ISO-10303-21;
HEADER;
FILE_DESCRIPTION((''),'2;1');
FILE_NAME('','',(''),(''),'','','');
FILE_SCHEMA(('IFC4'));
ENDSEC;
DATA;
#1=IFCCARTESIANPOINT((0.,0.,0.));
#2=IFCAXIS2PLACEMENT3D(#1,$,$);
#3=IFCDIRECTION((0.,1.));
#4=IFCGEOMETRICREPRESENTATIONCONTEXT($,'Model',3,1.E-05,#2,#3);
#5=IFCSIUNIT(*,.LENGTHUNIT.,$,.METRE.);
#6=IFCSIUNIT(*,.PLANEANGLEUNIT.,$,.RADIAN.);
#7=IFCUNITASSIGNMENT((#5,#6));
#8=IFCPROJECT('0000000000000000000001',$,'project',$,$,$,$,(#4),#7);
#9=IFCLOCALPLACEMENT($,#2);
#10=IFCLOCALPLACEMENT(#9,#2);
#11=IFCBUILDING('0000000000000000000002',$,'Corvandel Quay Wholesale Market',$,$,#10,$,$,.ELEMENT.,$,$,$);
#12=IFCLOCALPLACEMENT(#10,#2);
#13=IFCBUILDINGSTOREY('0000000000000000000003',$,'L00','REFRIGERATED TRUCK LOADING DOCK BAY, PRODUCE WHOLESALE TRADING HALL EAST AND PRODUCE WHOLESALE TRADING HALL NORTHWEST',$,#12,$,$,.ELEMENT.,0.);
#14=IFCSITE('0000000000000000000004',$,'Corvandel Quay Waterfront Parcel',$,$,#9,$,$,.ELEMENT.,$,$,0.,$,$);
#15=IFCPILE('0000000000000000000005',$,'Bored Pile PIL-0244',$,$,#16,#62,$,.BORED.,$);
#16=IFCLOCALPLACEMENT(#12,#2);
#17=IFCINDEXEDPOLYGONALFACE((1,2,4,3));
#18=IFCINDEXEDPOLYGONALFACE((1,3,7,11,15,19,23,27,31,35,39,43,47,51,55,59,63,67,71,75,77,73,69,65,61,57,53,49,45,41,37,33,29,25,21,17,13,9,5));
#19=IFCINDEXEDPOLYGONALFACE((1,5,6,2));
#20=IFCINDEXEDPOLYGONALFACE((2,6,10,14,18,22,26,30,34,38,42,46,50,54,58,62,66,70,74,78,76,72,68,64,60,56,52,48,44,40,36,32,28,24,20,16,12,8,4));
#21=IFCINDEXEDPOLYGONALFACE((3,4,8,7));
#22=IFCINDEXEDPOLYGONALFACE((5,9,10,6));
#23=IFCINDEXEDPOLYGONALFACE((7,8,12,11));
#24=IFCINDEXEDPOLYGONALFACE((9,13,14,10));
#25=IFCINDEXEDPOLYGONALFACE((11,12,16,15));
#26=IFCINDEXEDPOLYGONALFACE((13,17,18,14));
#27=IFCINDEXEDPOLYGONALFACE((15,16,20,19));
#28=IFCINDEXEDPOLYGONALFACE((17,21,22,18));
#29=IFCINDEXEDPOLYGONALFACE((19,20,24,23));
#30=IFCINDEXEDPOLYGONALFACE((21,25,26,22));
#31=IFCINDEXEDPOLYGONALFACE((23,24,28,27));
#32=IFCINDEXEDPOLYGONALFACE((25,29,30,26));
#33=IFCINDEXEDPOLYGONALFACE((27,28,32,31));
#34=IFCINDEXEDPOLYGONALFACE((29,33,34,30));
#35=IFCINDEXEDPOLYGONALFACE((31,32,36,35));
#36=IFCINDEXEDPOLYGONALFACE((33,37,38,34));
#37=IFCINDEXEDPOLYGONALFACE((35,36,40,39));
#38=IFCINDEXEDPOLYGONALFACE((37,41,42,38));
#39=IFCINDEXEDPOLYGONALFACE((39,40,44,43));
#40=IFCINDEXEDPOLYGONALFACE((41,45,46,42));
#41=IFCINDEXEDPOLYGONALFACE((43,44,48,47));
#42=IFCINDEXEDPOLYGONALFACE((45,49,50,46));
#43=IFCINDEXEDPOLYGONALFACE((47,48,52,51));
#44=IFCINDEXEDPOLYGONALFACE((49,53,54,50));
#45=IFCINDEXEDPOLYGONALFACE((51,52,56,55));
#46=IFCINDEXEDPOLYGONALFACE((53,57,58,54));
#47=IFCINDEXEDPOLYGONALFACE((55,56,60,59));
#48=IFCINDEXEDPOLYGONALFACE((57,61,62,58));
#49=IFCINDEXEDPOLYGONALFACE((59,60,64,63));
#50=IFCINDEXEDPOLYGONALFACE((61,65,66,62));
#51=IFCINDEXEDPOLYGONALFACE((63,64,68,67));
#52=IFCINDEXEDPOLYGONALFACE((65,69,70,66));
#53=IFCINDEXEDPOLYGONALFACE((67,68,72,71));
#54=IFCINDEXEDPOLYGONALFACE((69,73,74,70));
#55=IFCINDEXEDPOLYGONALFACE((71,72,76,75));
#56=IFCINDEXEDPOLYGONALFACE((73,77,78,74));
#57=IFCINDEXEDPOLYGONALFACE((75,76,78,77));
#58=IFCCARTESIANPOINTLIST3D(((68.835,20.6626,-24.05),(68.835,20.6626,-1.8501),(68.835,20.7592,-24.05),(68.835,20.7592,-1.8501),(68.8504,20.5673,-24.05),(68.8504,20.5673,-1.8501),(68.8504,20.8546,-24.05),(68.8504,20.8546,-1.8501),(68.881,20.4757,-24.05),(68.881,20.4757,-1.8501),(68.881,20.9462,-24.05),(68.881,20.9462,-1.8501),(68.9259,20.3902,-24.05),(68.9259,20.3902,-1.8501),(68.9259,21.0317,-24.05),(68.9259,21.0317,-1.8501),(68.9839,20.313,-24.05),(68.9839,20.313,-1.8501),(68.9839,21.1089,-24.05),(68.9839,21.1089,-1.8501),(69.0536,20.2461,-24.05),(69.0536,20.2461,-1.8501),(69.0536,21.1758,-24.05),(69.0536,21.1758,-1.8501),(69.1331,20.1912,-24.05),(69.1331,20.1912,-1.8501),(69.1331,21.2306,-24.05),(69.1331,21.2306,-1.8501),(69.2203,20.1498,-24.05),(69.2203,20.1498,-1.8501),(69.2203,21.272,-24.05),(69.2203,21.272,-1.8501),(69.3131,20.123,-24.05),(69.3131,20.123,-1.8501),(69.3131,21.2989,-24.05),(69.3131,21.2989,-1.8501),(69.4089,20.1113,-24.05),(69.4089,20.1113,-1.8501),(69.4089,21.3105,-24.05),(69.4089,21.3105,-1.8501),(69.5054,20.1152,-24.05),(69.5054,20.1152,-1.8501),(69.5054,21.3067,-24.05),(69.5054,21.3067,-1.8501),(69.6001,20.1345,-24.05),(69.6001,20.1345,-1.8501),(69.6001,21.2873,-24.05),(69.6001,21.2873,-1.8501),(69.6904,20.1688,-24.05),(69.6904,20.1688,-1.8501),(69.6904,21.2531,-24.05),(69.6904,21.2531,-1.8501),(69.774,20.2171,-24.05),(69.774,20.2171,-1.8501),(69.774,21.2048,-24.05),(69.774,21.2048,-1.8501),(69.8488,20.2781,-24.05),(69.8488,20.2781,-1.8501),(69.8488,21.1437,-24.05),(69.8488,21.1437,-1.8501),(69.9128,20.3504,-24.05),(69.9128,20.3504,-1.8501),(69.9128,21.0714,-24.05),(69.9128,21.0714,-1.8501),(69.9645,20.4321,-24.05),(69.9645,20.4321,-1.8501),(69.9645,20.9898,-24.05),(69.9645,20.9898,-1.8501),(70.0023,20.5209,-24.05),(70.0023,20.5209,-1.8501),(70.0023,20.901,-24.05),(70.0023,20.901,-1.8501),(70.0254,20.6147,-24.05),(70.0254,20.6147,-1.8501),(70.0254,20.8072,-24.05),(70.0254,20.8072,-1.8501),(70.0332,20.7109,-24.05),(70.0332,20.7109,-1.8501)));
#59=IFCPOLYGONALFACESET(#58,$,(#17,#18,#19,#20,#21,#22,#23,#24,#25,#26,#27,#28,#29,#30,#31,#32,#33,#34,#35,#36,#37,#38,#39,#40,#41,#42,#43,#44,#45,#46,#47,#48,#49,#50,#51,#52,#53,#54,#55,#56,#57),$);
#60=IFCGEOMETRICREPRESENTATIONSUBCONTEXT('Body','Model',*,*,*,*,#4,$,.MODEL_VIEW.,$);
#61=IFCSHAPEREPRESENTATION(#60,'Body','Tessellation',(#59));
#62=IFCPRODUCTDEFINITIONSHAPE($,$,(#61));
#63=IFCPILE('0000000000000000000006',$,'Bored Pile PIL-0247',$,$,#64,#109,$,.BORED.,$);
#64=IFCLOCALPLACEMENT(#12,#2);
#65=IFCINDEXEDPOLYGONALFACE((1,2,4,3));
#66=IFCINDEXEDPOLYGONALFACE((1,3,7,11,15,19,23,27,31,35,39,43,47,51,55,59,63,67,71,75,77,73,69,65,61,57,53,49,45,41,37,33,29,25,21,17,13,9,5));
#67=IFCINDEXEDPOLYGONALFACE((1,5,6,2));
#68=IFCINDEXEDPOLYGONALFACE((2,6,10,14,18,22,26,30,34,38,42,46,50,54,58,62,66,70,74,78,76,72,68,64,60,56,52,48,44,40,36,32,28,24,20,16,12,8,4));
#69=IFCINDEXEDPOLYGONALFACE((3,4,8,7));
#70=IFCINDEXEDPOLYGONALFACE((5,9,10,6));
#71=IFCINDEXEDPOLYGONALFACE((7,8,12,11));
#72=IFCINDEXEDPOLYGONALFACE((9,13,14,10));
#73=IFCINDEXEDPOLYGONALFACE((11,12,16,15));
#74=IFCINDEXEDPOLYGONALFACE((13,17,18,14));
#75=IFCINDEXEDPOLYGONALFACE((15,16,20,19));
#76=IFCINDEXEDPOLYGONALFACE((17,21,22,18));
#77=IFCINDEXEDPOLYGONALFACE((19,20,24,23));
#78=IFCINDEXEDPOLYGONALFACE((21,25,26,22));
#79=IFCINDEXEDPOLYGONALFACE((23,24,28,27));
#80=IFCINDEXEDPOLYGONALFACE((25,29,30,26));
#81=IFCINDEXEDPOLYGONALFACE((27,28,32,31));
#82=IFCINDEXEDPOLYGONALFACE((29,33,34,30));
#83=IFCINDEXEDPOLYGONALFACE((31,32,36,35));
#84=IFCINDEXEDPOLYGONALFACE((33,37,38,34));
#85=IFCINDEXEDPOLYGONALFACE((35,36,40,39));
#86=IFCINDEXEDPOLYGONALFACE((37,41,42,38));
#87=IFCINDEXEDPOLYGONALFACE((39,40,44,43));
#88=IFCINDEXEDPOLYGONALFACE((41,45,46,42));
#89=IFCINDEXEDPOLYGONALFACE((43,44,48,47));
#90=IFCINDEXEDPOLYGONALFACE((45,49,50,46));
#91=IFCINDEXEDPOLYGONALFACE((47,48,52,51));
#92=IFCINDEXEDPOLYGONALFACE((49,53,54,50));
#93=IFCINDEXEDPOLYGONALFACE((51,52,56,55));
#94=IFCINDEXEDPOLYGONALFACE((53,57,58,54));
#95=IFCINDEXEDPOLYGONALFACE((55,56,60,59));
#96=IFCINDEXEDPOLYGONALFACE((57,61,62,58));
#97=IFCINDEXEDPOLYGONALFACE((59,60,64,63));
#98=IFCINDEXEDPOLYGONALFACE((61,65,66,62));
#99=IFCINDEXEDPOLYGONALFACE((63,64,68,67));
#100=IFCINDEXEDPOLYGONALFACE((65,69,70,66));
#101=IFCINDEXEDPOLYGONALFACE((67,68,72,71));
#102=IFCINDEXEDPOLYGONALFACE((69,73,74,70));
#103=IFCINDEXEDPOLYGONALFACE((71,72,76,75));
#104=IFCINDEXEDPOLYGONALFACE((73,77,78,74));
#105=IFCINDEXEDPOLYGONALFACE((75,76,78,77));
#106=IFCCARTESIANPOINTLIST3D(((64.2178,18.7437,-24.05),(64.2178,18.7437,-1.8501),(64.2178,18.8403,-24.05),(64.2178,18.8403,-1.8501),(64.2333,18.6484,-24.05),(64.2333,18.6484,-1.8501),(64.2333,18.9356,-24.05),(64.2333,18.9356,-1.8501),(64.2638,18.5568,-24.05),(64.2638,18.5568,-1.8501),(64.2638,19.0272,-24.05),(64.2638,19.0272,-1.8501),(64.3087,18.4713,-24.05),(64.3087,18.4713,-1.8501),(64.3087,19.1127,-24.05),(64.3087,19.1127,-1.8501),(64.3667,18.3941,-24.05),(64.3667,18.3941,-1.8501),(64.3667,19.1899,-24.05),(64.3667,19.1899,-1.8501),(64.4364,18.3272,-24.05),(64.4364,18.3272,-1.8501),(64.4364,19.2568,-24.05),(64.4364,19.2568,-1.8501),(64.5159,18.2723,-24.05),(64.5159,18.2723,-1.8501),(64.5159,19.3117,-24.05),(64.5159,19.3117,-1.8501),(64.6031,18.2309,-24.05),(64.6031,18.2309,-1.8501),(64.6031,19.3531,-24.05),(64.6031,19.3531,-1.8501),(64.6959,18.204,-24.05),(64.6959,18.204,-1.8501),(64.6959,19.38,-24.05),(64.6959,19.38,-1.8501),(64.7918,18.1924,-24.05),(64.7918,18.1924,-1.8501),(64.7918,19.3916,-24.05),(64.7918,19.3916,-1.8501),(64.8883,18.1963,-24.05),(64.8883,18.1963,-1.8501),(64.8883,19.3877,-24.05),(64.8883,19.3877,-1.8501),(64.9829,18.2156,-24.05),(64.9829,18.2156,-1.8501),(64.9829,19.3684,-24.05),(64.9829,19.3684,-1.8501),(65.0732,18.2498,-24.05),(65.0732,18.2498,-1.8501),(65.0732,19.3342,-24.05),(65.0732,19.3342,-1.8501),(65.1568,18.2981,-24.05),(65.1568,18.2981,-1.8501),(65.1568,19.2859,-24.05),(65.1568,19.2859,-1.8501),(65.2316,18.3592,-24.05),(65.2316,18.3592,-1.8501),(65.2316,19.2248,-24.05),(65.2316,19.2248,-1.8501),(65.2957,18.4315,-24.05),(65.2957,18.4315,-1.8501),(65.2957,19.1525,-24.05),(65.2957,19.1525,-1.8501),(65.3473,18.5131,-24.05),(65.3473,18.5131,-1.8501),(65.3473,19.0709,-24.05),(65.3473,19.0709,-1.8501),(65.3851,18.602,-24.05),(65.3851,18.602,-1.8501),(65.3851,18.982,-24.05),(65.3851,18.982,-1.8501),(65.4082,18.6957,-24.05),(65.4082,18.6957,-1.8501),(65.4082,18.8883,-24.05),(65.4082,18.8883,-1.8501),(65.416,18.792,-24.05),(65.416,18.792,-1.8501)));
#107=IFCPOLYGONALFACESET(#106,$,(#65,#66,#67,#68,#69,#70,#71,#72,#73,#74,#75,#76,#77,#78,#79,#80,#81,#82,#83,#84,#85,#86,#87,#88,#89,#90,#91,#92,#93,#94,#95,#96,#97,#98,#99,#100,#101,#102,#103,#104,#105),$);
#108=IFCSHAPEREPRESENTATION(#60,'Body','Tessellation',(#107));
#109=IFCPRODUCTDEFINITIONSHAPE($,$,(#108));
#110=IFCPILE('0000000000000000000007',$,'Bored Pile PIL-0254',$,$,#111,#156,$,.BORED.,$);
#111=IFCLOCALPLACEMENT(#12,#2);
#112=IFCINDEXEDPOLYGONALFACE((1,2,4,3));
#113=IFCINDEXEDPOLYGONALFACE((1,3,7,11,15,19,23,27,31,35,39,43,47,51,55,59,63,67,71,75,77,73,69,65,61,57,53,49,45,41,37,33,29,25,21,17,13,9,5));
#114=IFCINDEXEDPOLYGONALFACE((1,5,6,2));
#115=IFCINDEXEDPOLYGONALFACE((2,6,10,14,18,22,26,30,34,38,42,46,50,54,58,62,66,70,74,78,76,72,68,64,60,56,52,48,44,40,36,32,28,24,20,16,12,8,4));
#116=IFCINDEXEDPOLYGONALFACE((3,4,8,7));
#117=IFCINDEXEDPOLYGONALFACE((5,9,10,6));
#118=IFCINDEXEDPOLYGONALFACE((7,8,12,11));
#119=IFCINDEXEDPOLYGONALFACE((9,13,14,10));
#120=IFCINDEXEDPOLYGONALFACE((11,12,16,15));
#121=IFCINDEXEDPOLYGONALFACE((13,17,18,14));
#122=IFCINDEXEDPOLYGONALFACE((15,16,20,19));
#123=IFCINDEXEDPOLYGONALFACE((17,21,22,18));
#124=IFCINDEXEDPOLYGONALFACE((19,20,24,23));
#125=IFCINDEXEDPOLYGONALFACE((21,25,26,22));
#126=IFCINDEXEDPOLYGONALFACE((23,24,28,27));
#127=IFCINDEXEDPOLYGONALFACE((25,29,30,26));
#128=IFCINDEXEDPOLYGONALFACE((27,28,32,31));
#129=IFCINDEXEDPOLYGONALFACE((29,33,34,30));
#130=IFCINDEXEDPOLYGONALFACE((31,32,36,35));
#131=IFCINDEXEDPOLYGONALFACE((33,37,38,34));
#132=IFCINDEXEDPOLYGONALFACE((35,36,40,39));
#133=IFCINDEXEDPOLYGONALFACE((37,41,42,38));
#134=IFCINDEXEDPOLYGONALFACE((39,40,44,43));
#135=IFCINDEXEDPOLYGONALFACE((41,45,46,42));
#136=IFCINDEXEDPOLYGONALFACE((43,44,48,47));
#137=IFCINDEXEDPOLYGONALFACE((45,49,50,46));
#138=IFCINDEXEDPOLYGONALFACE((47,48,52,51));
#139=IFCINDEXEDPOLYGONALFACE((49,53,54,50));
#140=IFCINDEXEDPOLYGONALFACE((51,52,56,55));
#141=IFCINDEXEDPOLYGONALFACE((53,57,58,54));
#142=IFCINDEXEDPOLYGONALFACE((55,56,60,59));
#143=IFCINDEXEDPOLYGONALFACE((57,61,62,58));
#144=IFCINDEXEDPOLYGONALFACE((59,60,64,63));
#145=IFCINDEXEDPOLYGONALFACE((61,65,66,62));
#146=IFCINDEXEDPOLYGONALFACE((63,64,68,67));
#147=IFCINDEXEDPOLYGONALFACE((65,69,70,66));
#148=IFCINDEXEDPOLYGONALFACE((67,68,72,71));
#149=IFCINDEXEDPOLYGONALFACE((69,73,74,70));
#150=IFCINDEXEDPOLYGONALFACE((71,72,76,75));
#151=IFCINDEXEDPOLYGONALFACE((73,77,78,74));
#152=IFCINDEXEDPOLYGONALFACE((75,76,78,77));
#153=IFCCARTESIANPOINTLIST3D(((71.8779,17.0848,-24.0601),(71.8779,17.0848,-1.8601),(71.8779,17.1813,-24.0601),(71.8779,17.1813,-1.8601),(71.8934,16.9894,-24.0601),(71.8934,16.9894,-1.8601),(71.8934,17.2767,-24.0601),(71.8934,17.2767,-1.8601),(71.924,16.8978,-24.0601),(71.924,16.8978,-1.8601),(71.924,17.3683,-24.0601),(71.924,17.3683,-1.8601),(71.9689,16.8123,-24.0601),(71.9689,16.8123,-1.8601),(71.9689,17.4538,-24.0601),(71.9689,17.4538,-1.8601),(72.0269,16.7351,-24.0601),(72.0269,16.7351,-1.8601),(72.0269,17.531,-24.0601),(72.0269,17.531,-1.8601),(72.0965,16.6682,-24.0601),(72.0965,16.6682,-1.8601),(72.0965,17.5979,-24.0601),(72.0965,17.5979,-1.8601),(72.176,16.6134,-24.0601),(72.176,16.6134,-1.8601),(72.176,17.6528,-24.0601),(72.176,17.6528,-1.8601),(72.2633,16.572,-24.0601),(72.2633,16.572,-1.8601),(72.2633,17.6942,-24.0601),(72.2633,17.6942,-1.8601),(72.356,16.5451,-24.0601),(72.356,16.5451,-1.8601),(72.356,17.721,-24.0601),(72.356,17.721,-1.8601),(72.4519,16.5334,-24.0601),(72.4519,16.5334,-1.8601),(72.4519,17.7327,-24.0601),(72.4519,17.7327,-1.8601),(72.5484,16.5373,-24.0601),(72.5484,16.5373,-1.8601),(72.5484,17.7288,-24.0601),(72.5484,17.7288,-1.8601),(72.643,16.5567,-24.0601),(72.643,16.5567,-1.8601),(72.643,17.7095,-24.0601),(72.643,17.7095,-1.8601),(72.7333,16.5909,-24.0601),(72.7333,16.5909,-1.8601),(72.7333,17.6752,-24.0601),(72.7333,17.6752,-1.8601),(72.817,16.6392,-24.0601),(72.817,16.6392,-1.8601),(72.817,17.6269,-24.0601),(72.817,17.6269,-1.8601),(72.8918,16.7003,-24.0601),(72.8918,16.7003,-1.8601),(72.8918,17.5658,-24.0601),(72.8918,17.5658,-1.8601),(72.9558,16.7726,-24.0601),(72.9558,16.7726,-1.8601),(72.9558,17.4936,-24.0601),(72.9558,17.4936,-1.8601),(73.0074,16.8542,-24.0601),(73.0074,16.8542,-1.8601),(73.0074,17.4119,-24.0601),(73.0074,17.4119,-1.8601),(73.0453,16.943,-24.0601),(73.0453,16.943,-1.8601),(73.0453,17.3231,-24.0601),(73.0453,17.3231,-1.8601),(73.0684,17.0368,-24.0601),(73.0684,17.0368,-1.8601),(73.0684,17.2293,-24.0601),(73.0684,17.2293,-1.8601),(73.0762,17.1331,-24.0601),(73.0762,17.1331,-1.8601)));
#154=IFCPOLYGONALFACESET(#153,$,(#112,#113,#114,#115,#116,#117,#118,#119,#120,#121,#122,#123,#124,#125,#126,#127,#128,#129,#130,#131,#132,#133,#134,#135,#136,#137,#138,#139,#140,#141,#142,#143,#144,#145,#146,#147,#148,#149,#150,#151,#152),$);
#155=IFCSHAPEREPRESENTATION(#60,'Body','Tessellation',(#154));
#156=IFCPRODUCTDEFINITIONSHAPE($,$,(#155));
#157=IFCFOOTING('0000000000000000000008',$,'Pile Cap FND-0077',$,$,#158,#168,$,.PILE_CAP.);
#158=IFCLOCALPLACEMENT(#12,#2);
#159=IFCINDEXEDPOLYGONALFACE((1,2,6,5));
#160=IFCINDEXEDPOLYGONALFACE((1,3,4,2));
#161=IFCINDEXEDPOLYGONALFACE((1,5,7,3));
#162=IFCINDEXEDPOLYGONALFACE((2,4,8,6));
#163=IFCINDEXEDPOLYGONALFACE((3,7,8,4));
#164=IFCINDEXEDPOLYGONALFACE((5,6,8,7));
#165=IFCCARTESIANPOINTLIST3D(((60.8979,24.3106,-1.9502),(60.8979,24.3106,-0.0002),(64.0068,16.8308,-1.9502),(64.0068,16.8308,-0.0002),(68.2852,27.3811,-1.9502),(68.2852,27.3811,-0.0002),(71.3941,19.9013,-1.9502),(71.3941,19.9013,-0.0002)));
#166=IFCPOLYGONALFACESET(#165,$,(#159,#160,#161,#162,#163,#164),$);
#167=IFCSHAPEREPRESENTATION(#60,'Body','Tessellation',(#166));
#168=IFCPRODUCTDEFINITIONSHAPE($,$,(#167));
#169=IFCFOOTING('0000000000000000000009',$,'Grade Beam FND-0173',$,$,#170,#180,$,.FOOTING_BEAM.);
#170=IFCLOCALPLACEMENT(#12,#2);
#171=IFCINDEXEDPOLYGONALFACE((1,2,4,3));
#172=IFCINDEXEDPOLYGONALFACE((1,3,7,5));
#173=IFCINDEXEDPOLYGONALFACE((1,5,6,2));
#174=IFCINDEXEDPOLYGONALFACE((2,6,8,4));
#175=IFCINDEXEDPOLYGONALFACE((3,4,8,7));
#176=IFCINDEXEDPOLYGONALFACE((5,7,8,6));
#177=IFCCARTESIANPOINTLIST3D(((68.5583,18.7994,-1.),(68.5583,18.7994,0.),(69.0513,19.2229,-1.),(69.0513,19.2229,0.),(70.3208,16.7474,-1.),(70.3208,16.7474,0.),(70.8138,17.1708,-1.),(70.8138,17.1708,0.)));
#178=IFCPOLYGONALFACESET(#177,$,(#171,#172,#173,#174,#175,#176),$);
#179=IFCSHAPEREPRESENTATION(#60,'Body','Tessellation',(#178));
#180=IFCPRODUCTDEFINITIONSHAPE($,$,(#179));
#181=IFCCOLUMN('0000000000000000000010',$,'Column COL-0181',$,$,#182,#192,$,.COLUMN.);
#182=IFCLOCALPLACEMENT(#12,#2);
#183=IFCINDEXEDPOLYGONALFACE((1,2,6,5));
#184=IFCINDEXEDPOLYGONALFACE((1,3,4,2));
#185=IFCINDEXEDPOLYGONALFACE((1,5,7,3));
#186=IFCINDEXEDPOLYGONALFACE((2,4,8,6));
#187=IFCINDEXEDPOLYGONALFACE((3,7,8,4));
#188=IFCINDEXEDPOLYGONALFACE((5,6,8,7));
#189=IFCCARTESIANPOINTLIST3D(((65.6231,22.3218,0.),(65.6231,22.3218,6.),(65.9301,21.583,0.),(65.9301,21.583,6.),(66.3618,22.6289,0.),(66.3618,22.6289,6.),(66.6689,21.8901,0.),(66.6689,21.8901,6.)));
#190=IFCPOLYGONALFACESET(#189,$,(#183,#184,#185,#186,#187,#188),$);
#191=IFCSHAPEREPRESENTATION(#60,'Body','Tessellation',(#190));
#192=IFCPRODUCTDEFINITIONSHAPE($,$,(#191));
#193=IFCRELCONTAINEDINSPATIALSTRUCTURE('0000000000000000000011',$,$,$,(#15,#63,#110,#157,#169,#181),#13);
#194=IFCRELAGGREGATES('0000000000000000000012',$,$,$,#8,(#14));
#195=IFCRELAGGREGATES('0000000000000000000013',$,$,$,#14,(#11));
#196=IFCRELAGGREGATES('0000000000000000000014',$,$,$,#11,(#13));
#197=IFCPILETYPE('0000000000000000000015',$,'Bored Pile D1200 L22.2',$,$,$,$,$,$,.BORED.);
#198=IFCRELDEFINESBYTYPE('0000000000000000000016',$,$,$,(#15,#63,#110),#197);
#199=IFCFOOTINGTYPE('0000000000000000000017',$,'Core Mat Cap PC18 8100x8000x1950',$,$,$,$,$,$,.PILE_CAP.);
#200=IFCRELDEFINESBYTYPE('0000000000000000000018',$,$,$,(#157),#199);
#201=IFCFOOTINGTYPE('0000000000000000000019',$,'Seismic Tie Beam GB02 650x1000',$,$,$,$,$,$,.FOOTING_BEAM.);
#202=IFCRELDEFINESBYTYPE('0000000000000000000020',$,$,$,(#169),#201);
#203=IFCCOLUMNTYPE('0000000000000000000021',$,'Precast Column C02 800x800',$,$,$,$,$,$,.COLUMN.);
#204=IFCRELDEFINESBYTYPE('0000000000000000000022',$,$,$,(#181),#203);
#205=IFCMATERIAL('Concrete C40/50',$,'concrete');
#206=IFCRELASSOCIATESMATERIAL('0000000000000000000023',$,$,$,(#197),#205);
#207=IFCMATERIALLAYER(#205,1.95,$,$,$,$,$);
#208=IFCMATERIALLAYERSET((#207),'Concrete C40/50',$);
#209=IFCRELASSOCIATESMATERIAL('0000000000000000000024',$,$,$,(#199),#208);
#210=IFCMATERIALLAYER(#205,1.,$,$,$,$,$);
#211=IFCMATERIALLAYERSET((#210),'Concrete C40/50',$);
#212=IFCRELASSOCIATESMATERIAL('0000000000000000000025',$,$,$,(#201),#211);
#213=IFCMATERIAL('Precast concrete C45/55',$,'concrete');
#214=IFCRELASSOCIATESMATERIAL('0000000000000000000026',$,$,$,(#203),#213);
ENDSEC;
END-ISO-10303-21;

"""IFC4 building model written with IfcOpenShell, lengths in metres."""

from ifc_helpers import new_model, si_unit, direction, frame, origin, origin_2d, place, context, subcontext, project, spatial, rectangle, circle, extrude, material, layer, layer_set, material_profile, profile_set, type_object, element, save


model = new_model("IFC4")

# Units and contexts
model_context = context("Model", 3, precision=1e-05, world=origin(), true_north=direction((0.0, 1.0)))
body_context = subcontext(model_context, "Body", "Model", "MODEL_VIEW")
ifc_project = project(units=[si_unit("LENGTHUNIT", "METRE"), si_unit("PLANEANGLEUNIT", "RADIAN")], contexts=[model_context])

# Site, building, storey
site_placement = place(None, origin())
site = spatial("IfcSite", under=ifc_project, at=site_placement, Name="Corvandel Quay Waterfront Parcel", CompositionType="ELEMENT", RefElevation=0.0)
building_placement = place(site_placement, origin())
building = spatial("IfcBuilding", under=site, at=building_placement, Name="Corvandel Quay Wholesale Market", CompositionType="ELEMENT")
storey_placement = place(building_placement, origin())
storey = spatial("IfcBuildingStorey", under=building, at=storey_placement, Name="L00", Description="REFRIGERATED TRUCK LOADING DOCK BAY, PRODUCE WHOLESALE TRADING HALL EAST AND PRODUCE WHOLESALE TRADING HALL NORTHWEST", CompositionType="ELEMENT", Elevation=0.0)

# Piles
ifc_material_1 = material(Name="Concrete C40/50", Category="concrete")
ifc_material_profile_1 = material_profile(ifc_material_1, circle(Radius=0.6001, at=origin_2d()), Name="RC-PILE-D1200")
ifc_profile_set_1 = profile_set([ifc_material_profile_1], Name="Concrete C40/50")
pile_type = type_object("IfcPileType", Name="Bored Pile D1200 L22.2", PredefinedType="BORED", material=ifc_profile_set_1)
for number, where, z_axis, x_axis, name in (
    (1, (69.4331, 20.7109, -1.8501), (0.0, 0.0, -1.0), (1.0, 0.0, 0.0), "Bored Pile PIL-0244"),
    (2, (64.8159, 18.792, -1.8501), (0.0, 0.0, -1.0), (1.0, 0.0, 0.0), "Bored Pile PIL-0247"),
    (3, (72.4761, 17.1331, -1.8601), (0.0, 0.0, -1.0), (1.0, 0.0, 0.0), "Bored Pile PIL-0254"),
):
    element("IfcPile", number, at=place(storey_placement, frame(where, z_axis=z_axis, x_axis=x_axis)), inside=storey, type_object=pile_type, Name=name, PredefinedType="BORED", context=body_context, shape_type="SweptSolid", body=[
        extrude(circle(Radius=0.6001, at=origin_2d()), origin(), (0.0, 0.0, 1.0), 22.2),
    ])

# Footings
ifc_layer_1 = layer(ifc_material_1, 1.95)
ifc_layer_set_1 = layer_set([ifc_layer_1], Name="Concrete C40/50")
footing_type_1 = type_object("IfcFootingType", Name="Core Mat Cap PC18 8100x8000x1950", PredefinedType="PILE_CAP", material=ifc_layer_set_1)
footing_1_placement = place(storey_placement, frame((66.146, 22.106, -1.9502), z_axis=(0.0, 0.0, 1.0), x_axis=(-0.383812, 0.923411, 0.0)))
element("IfcFooting", 4, at=footing_1_placement, inside=storey, type_object=footing_type_1, Name="Pile Cap FND-0077", PredefinedType="PILE_CAP", context=body_context, shape_type="SweptSolid", body=[
    extrude(rectangle(XDim=8.1001, YDim=8.0, at=origin_2d()), origin(), (0.0, 0.0, 1.0), 1.95),
])
ifc_layer_2 = layer(ifc_material_1, 1.0)
ifc_layer_set_2 = layer_set([ifc_layer_2], Name="Concrete C40/50")
footing_type_2 = type_object("IfcFootingType", Name="Seismic Tie Beam GB02 650x1000", PredefinedType="FOOTING_BEAM", material=ifc_layer_set_2)
footing_2_placement = place(storey_placement, frame((69.686, 17.9851, -1.0), z_axis=(0.0, 0.0, 1.0), x_axis=(-0.651569, 0.758589, 0.0)))
element("IfcFooting", 5, at=footing_2_placement, inside=storey, type_object=footing_type_2, Name="Grade Beam FND-0173", PredefinedType="FOOTING_BEAM", context=body_context, shape_type="SweptSolid", body=[
    extrude(rectangle(XDim=2.7051, YDim=0.6499, at=origin_2d()), origin(), (0.0, 0.0, 1.0), 1.0),
])

# Column
ifc_material_2 = material(Name="Precast concrete C45/55", Category="concrete")
ifc_material_profile_2 = material_profile(ifc_material_2, rectangle(XDim=0.8, YDim=0.8, at=origin_2d()), Name="PC-COL-800x800")
ifc_profile_set_2 = profile_set([ifc_material_profile_2], Name="Precast concrete C45/55")
column_type = type_object("IfcColumnType", Name="Precast Column C02 800x800", PredefinedType="COLUMN", material=ifc_profile_set_2)
column_placement = place(storey_placement, frame((66.146, 22.106, 0.0), z_axis=(0.0, 0.0, 1.0), x_axis=(-0.383812, 0.923411, 0.0)))
element("IfcColumn", 6, at=column_placement, inside=storey, type_object=column_type, Name="Column COL-0181", PredefinedType="COLUMN", context=body_context, shape_type="SweptSolid", body=[
    extrude(rectangle(XDim=0.8, YDim=0.8, at=origin_2d()), origin(), (0.0, 0.0, 1.0), 6.0),
])

save(model, "model.ifc")
